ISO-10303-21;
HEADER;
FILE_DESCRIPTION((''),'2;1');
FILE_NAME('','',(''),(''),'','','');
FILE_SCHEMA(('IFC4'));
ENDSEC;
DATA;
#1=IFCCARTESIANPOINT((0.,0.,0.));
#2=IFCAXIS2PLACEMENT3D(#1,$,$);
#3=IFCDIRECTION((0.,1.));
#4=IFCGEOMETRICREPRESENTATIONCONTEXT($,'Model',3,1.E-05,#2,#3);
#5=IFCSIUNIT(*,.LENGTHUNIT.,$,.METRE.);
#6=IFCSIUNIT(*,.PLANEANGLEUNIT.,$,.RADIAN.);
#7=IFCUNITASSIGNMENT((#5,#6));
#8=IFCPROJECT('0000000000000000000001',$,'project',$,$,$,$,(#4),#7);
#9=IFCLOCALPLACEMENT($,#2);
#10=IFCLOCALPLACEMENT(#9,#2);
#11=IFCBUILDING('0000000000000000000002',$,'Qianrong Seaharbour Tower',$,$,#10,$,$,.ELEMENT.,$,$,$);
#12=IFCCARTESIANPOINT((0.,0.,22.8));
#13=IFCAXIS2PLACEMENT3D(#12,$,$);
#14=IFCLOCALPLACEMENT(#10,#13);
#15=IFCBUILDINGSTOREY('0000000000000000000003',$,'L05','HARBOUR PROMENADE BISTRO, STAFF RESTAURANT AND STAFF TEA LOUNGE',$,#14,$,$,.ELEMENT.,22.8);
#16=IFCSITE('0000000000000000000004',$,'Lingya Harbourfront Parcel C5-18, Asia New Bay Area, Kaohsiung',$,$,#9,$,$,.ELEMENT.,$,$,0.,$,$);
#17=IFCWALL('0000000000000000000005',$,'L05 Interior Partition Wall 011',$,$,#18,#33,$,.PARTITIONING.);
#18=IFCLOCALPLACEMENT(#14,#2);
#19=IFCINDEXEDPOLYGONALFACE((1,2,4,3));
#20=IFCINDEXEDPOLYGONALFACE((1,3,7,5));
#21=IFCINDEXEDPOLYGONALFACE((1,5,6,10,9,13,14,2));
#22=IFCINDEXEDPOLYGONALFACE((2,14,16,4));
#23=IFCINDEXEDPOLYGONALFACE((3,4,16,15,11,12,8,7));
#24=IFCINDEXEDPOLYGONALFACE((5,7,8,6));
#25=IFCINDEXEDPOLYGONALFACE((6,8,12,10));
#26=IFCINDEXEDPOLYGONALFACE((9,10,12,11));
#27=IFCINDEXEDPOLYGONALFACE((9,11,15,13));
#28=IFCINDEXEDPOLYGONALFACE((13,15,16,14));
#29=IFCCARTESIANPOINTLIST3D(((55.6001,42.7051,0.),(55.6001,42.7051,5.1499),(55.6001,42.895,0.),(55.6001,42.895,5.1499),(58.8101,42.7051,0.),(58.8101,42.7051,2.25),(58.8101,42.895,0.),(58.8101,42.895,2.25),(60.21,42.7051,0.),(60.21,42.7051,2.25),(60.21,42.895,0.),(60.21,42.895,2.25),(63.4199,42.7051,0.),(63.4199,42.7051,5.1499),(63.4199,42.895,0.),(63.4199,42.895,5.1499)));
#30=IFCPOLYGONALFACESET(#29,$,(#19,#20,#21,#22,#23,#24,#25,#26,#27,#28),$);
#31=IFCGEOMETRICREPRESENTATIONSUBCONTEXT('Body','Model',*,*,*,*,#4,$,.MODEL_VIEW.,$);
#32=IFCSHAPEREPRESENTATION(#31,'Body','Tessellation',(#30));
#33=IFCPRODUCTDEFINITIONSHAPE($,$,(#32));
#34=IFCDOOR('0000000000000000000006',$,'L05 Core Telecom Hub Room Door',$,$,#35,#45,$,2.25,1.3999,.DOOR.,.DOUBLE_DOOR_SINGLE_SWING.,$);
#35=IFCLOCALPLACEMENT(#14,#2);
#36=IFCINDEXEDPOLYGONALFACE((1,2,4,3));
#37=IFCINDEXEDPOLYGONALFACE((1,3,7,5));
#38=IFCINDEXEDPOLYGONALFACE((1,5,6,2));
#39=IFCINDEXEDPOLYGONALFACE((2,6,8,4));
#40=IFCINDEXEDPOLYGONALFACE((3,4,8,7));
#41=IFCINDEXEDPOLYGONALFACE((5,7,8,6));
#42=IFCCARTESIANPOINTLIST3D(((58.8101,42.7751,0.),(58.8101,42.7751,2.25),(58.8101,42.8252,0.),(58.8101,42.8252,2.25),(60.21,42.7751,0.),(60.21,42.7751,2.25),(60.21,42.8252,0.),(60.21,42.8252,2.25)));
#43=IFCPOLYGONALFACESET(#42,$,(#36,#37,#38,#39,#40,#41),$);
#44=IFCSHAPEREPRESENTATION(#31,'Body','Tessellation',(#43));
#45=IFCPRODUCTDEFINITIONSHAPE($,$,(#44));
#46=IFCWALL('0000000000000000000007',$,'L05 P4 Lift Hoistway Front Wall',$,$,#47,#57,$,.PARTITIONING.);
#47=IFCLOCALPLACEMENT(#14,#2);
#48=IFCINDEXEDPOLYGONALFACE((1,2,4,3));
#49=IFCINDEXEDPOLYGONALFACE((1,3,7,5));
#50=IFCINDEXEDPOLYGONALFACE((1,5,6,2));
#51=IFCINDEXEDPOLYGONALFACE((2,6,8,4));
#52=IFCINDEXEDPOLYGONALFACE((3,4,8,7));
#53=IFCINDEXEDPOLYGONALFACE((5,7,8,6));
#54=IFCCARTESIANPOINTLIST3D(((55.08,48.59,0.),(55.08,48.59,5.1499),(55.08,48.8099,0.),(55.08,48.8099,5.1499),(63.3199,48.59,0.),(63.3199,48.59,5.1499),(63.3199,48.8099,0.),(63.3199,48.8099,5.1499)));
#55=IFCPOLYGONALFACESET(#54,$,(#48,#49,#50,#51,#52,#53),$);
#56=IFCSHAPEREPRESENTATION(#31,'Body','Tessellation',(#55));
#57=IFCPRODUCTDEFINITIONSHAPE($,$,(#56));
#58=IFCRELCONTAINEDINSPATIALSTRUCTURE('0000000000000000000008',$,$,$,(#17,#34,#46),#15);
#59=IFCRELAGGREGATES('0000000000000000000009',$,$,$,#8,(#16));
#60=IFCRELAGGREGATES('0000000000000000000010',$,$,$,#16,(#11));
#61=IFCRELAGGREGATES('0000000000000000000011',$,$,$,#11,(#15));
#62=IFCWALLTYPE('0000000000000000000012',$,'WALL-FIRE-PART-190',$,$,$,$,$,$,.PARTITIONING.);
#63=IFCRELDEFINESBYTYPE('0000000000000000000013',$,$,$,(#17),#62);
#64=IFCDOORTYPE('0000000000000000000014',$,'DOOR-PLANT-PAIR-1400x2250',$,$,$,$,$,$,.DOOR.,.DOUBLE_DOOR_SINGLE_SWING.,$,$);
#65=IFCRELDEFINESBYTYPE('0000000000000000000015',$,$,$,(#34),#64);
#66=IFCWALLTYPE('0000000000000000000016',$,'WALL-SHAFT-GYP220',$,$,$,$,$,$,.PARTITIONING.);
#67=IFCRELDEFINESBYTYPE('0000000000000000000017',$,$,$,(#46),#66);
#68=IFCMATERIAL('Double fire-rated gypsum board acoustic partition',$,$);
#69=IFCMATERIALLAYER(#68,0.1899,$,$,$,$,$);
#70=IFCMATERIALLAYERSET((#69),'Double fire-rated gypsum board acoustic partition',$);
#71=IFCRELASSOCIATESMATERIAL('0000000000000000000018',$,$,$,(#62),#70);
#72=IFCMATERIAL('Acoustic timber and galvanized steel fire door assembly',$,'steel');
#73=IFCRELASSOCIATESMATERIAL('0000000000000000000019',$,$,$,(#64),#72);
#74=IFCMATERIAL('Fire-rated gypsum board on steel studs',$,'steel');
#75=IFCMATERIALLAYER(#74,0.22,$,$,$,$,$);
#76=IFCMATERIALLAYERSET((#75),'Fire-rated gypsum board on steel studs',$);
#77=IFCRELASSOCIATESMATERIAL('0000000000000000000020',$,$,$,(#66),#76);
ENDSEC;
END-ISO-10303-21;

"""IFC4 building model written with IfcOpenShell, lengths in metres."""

from ifc_helpers import new_model, si_unit, direction, frame, frame_2d, origin, place, context, subcontext, project, spatial, rectangle, extrude, material, layer, layer_set, type_object, element, fill, save


model = new_model("IFC4")

# Units and contexts
model_context = context("Model", 3, precision=1e-05, world=origin(), true_north=direction((0.0, 1.0)))
body_context = subcontext(model_context, "Body", "Model", "MODEL_VIEW")
ifc_project = project(units=[si_unit("LENGTHUNIT", "METRE"), si_unit("PLANEANGLEUNIT", "RADIAN")], contexts=[model_context])

# Site, building, storey
site_placement = place(None, origin())
site = spatial("IfcSite", under=ifc_project, at=site_placement, Name="Lingya Harbourfront Parcel C5-18, Asia New Bay Area, Kaohsiung", CompositionType="ELEMENT", RefElevation=0.0)
building_placement = place(site_placement, origin())
building = spatial("IfcBuilding", under=site, at=building_placement, Name="Qianrong Seaharbour Tower", CompositionType="ELEMENT")
storey_placement = place(building_placement, frame((0.0, 0.0, 22.8)))
storey = spatial("IfcBuildingStorey", under=building, at=storey_placement, Name="L05", Description="HARBOUR PROMENADE BISTRO, STAFF RESTAURANT AND STAFF TEA LOUNGE", CompositionType="ELEMENT", Elevation=22.8)

# Wall, opening, door
ifc_material_1 = material(Name="Double fire-rated gypsum board acoustic partition")
ifc_layer_1 = layer(ifc_material_1, 0.1899)
ifc_layer_set_1 = layer_set([ifc_layer_1], Name="Double fire-rated gypsum board acoustic partition")
wall_type_1 = type_object("IfcWallType", Name="WALL-FIRE-PART-190", PredefinedType="PARTITIONING", material=ifc_layer_set_1)
wall_1_placement = place(storey_placement, frame((63.4199, 42.8, 0.0), z_axis=(0.0, 0.0, 1.0), x_axis=(-1.0, 0.0, 0.0)))
wall_1 = element("IfcWall", 1, at=wall_1_placement, inside=storey, type_object=wall_type_1, Name="L05 Interior Partition Wall 011", PredefinedType="PARTITIONING", context=body_context, shape_type="SweptSolid", body=[
    extrude(rectangle(XDim=7.8198, YDim=0.1899, at=frame_2d((3.9099, 0.0))), origin(), (0.0, 0.0, 1.0), 5.1499),
])
opening_1_placement = place(wall_1_placement, frame((3.21, 0.0, 0.0)))
opening_1 = element("IfcOpeningElement", 2, at=opening_1_placement, cuts=wall_1, PredefinedType="OPENING", context=body_context, shape_type="SweptSolid", body=[
    extrude(rectangle(XDim=1.3999, YDim=2.25, at=frame_2d((0.7, 1.125))), frame((0.0, 0.105, 0.0), z_axis=(0.0, -1.0, 0.0), x_axis=(1.0, 0.0, 0.0)), (0.0, 0.0, 1.0), 0.21),
])
ifc_material_2 = material(Name="Acoustic timber and galvanized steel fire door assembly", Category="steel")
door_type = type_object("IfcDoorType", Name="DOOR-PLANT-PAIR-1400x2250", OperationType="DOUBLE_DOOR_SINGLE_SWING", PredefinedType="DOOR", material=ifc_material_2)
door_placement = place(opening_1_placement, origin())
door = element("IfcDoor", 3, at=door_placement, inside=storey, type_object=door_type, Name="L05 Core Telecom Hub Room Door", OperationType="DOUBLE_DOOR_SINGLE_SWING", OverallHeight=2.25, OverallWidth=1.3999, PredefinedType="DOOR", context=body_context, shape_type="SweptSolid", body=[
    extrude(rectangle(XDim=1.3999, YDim=2.25, at=frame_2d((0.7, 1.125))), frame((0.0, 0.0249, 0.0), z_axis=(0.0, -1.0, 0.0), x_axis=(1.0, 0.0, 0.0)), (0.0, 0.0, 1.0), 0.05),
])
fill(opening_1, door)

# Wall
ifc_material_3 = material(Name="Fire-rated gypsum board on steel studs", Category="steel")
ifc_layer_2 = layer(ifc_material_3, 0.22)
ifc_layer_set_2 = layer_set([ifc_layer_2], Name="Fire-rated gypsum board on steel studs")
wall_type_2 = type_object("IfcWallType", Name="WALL-SHAFT-GYP220", PredefinedType="PARTITIONING", material=ifc_layer_set_2)
wall_2_placement = place(storey_placement, frame((63.3201, 48.7, 0.0), z_axis=(0.0, 0.0, 1.0), x_axis=(-1.0, 0.0, 0.0)))
element("IfcWall", 4, at=wall_2_placement, inside=storey, type_object=wall_type_2, Name="L05 P4 Lift Hoistway Front Wall", PredefinedType="PARTITIONING", context=body_context, shape_type="SweptSolid", body=[
    extrude(rectangle(XDim=8.24, YDim=0.22, at=frame_2d((4.1201, 0.0))), origin(), (0.0, 0.0, 1.0), 5.1499),
])

save(model, "model.ifc")
